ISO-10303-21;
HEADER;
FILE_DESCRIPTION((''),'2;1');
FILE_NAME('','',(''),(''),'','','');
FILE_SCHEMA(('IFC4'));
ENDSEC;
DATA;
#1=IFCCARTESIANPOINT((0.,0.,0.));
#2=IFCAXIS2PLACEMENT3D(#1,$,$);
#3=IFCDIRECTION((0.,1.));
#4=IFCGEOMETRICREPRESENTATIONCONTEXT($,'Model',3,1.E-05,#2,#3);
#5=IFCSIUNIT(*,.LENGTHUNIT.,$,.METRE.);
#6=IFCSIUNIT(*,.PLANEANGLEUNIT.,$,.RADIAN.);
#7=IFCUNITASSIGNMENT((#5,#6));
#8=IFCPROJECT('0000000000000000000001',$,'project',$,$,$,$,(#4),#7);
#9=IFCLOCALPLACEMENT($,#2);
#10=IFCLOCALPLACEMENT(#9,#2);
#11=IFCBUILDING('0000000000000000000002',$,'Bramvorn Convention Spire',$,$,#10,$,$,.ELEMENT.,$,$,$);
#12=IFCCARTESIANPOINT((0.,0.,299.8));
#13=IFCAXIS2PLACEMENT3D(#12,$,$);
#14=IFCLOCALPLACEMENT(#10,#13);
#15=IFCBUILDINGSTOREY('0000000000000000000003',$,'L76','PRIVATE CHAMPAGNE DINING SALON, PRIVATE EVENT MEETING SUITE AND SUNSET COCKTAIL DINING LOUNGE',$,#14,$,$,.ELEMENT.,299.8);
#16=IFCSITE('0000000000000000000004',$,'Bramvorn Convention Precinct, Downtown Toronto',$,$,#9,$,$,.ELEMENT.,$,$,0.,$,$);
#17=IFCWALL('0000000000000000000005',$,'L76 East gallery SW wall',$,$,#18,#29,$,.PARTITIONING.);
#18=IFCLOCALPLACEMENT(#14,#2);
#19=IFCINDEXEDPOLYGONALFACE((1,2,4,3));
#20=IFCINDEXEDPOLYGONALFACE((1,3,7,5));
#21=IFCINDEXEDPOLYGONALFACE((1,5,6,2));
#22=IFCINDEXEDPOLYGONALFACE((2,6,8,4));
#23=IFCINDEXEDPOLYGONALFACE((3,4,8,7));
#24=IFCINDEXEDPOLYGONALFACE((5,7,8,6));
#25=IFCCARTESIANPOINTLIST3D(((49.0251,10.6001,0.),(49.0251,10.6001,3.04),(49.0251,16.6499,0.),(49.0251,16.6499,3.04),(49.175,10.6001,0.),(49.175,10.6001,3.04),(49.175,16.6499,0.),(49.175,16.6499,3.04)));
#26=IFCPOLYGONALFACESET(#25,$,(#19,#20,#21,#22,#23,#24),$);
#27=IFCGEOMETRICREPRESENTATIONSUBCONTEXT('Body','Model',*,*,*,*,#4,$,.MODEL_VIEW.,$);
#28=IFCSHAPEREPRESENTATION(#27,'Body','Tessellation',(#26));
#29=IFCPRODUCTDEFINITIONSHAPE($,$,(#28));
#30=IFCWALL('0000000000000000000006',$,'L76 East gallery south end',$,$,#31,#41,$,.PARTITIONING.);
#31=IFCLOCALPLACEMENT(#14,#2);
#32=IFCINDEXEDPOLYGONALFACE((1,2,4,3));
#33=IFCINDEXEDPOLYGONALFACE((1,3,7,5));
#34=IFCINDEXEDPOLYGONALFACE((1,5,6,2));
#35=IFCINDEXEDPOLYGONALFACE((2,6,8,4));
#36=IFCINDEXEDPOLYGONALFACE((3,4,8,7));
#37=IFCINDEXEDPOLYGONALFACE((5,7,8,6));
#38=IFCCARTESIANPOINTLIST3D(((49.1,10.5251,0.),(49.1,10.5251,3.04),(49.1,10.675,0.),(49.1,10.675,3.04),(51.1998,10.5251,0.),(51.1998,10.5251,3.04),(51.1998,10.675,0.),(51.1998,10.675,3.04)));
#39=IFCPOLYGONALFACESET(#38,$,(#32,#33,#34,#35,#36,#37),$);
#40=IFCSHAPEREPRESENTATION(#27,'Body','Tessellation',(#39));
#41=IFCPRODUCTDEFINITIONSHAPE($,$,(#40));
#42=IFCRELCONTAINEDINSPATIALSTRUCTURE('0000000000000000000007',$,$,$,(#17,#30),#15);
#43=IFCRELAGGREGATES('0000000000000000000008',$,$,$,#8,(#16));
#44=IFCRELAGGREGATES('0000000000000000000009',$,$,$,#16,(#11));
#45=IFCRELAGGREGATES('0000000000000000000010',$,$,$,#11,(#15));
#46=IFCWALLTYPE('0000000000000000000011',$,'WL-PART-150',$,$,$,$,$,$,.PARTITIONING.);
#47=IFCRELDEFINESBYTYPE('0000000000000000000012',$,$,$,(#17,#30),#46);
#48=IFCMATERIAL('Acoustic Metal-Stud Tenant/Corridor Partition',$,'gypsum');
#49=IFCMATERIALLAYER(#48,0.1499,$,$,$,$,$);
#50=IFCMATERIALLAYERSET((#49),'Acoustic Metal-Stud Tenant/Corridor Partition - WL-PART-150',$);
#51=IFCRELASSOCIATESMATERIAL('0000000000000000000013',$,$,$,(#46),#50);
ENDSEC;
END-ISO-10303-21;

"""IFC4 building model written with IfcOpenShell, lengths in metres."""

from ifc_helpers import new_model, si_unit, direction, frame, frame_2d, origin, place, context, subcontext, project, spatial, rectangle, extrude, material, layer, layer_set, type_object, element, save


model = new_model("IFC4")

# Units and contexts
model_context = context("Model", 3, precision=1e-05, world=origin(), true_north=direction((0.0, 1.0)))
body_context = subcontext(model_context, "Body", "Model", "MODEL_VIEW")
ifc_project = project(units=[si_unit("LENGTHUNIT", "METRE"), si_unit("PLANEANGLEUNIT", "RADIAN")], contexts=[model_context])

# Site, building, storey
site_placement = place(None, origin())
site = spatial("IfcSite", under=ifc_project, at=site_placement, Name="Bramvorn Convention Precinct, Downtown Toronto", CompositionType="ELEMENT", RefElevation=0.0)
building_placement = place(site_placement, origin())
building = spatial("IfcBuilding", under=site, at=building_placement, Name="Bramvorn Convention Spire", CompositionType="ELEMENT")
storey_placement = place(building_placement, frame((0.0, 0.0, 299.8)))
storey = spatial("IfcBuildingStorey", under=building, at=storey_placement, Name="L76", Description="PRIVATE CHAMPAGNE DINING SALON, PRIVATE EVENT MEETING SUITE AND SUNSET COCKTAIL DINING LOUNGE", CompositionType="ELEMENT", Elevation=299.8)

# Walls
ifc_material_1 = material(Name="Acoustic Metal-Stud Tenant/Corridor Partition", Category="gypsum")
ifc_layer_1 = layer(ifc_material_1, 0.1499)
ifc_layer_set_1 = layer_set([ifc_layer_1], Name="Acoustic Metal-Stud Tenant/Corridor Partition - WL-PART-150")
wall_type_1 = type_object("IfcWallType", Name="WL-PART-150", PredefinedType="PARTITIONING", material=ifc_layer_set_1)
wall_1_placement = place(storey_placement, frame((49.1001, 10.6001, 0.0), z_axis=(0.0, 0.0, 1.0), x_axis=(0.0, 1.0, 0.0)))
element("IfcWall", 1, at=wall_1_placement, inside=storey, type_object=wall_type_1, Name="L76 East gallery SW wall", PredefinedType="PARTITIONING", context=body_context, shape_type="SweptSolid", body=[
    extrude(rectangle(XDim=6.0498, YDim=0.1499, at=frame_2d((3.0249, 0.0))), origin(), (0.0, 0.0, 1.0), 3.04),
])
wall_2_placement = place(storey_placement, frame((49.1001, 10.6001, 0.0), z_axis=(0.0, 0.0, 1.0), x_axis=(1.0, 0.0, 0.0)))
element("IfcWall", 2, at=wall_2_placement, inside=storey, type_object=wall_type_1, Name="L76 East gallery south end", PredefinedType="PARTITIONING", context=body_context, shape_type="SweptSolid", body=[
    extrude(rectangle(XDim=2.0999, YDim=0.1499, at=frame_2d((1.0498, 0.0))), origin(), (0.0, 0.0, 1.0), 3.04),
])

save(model, "model.ifc")
